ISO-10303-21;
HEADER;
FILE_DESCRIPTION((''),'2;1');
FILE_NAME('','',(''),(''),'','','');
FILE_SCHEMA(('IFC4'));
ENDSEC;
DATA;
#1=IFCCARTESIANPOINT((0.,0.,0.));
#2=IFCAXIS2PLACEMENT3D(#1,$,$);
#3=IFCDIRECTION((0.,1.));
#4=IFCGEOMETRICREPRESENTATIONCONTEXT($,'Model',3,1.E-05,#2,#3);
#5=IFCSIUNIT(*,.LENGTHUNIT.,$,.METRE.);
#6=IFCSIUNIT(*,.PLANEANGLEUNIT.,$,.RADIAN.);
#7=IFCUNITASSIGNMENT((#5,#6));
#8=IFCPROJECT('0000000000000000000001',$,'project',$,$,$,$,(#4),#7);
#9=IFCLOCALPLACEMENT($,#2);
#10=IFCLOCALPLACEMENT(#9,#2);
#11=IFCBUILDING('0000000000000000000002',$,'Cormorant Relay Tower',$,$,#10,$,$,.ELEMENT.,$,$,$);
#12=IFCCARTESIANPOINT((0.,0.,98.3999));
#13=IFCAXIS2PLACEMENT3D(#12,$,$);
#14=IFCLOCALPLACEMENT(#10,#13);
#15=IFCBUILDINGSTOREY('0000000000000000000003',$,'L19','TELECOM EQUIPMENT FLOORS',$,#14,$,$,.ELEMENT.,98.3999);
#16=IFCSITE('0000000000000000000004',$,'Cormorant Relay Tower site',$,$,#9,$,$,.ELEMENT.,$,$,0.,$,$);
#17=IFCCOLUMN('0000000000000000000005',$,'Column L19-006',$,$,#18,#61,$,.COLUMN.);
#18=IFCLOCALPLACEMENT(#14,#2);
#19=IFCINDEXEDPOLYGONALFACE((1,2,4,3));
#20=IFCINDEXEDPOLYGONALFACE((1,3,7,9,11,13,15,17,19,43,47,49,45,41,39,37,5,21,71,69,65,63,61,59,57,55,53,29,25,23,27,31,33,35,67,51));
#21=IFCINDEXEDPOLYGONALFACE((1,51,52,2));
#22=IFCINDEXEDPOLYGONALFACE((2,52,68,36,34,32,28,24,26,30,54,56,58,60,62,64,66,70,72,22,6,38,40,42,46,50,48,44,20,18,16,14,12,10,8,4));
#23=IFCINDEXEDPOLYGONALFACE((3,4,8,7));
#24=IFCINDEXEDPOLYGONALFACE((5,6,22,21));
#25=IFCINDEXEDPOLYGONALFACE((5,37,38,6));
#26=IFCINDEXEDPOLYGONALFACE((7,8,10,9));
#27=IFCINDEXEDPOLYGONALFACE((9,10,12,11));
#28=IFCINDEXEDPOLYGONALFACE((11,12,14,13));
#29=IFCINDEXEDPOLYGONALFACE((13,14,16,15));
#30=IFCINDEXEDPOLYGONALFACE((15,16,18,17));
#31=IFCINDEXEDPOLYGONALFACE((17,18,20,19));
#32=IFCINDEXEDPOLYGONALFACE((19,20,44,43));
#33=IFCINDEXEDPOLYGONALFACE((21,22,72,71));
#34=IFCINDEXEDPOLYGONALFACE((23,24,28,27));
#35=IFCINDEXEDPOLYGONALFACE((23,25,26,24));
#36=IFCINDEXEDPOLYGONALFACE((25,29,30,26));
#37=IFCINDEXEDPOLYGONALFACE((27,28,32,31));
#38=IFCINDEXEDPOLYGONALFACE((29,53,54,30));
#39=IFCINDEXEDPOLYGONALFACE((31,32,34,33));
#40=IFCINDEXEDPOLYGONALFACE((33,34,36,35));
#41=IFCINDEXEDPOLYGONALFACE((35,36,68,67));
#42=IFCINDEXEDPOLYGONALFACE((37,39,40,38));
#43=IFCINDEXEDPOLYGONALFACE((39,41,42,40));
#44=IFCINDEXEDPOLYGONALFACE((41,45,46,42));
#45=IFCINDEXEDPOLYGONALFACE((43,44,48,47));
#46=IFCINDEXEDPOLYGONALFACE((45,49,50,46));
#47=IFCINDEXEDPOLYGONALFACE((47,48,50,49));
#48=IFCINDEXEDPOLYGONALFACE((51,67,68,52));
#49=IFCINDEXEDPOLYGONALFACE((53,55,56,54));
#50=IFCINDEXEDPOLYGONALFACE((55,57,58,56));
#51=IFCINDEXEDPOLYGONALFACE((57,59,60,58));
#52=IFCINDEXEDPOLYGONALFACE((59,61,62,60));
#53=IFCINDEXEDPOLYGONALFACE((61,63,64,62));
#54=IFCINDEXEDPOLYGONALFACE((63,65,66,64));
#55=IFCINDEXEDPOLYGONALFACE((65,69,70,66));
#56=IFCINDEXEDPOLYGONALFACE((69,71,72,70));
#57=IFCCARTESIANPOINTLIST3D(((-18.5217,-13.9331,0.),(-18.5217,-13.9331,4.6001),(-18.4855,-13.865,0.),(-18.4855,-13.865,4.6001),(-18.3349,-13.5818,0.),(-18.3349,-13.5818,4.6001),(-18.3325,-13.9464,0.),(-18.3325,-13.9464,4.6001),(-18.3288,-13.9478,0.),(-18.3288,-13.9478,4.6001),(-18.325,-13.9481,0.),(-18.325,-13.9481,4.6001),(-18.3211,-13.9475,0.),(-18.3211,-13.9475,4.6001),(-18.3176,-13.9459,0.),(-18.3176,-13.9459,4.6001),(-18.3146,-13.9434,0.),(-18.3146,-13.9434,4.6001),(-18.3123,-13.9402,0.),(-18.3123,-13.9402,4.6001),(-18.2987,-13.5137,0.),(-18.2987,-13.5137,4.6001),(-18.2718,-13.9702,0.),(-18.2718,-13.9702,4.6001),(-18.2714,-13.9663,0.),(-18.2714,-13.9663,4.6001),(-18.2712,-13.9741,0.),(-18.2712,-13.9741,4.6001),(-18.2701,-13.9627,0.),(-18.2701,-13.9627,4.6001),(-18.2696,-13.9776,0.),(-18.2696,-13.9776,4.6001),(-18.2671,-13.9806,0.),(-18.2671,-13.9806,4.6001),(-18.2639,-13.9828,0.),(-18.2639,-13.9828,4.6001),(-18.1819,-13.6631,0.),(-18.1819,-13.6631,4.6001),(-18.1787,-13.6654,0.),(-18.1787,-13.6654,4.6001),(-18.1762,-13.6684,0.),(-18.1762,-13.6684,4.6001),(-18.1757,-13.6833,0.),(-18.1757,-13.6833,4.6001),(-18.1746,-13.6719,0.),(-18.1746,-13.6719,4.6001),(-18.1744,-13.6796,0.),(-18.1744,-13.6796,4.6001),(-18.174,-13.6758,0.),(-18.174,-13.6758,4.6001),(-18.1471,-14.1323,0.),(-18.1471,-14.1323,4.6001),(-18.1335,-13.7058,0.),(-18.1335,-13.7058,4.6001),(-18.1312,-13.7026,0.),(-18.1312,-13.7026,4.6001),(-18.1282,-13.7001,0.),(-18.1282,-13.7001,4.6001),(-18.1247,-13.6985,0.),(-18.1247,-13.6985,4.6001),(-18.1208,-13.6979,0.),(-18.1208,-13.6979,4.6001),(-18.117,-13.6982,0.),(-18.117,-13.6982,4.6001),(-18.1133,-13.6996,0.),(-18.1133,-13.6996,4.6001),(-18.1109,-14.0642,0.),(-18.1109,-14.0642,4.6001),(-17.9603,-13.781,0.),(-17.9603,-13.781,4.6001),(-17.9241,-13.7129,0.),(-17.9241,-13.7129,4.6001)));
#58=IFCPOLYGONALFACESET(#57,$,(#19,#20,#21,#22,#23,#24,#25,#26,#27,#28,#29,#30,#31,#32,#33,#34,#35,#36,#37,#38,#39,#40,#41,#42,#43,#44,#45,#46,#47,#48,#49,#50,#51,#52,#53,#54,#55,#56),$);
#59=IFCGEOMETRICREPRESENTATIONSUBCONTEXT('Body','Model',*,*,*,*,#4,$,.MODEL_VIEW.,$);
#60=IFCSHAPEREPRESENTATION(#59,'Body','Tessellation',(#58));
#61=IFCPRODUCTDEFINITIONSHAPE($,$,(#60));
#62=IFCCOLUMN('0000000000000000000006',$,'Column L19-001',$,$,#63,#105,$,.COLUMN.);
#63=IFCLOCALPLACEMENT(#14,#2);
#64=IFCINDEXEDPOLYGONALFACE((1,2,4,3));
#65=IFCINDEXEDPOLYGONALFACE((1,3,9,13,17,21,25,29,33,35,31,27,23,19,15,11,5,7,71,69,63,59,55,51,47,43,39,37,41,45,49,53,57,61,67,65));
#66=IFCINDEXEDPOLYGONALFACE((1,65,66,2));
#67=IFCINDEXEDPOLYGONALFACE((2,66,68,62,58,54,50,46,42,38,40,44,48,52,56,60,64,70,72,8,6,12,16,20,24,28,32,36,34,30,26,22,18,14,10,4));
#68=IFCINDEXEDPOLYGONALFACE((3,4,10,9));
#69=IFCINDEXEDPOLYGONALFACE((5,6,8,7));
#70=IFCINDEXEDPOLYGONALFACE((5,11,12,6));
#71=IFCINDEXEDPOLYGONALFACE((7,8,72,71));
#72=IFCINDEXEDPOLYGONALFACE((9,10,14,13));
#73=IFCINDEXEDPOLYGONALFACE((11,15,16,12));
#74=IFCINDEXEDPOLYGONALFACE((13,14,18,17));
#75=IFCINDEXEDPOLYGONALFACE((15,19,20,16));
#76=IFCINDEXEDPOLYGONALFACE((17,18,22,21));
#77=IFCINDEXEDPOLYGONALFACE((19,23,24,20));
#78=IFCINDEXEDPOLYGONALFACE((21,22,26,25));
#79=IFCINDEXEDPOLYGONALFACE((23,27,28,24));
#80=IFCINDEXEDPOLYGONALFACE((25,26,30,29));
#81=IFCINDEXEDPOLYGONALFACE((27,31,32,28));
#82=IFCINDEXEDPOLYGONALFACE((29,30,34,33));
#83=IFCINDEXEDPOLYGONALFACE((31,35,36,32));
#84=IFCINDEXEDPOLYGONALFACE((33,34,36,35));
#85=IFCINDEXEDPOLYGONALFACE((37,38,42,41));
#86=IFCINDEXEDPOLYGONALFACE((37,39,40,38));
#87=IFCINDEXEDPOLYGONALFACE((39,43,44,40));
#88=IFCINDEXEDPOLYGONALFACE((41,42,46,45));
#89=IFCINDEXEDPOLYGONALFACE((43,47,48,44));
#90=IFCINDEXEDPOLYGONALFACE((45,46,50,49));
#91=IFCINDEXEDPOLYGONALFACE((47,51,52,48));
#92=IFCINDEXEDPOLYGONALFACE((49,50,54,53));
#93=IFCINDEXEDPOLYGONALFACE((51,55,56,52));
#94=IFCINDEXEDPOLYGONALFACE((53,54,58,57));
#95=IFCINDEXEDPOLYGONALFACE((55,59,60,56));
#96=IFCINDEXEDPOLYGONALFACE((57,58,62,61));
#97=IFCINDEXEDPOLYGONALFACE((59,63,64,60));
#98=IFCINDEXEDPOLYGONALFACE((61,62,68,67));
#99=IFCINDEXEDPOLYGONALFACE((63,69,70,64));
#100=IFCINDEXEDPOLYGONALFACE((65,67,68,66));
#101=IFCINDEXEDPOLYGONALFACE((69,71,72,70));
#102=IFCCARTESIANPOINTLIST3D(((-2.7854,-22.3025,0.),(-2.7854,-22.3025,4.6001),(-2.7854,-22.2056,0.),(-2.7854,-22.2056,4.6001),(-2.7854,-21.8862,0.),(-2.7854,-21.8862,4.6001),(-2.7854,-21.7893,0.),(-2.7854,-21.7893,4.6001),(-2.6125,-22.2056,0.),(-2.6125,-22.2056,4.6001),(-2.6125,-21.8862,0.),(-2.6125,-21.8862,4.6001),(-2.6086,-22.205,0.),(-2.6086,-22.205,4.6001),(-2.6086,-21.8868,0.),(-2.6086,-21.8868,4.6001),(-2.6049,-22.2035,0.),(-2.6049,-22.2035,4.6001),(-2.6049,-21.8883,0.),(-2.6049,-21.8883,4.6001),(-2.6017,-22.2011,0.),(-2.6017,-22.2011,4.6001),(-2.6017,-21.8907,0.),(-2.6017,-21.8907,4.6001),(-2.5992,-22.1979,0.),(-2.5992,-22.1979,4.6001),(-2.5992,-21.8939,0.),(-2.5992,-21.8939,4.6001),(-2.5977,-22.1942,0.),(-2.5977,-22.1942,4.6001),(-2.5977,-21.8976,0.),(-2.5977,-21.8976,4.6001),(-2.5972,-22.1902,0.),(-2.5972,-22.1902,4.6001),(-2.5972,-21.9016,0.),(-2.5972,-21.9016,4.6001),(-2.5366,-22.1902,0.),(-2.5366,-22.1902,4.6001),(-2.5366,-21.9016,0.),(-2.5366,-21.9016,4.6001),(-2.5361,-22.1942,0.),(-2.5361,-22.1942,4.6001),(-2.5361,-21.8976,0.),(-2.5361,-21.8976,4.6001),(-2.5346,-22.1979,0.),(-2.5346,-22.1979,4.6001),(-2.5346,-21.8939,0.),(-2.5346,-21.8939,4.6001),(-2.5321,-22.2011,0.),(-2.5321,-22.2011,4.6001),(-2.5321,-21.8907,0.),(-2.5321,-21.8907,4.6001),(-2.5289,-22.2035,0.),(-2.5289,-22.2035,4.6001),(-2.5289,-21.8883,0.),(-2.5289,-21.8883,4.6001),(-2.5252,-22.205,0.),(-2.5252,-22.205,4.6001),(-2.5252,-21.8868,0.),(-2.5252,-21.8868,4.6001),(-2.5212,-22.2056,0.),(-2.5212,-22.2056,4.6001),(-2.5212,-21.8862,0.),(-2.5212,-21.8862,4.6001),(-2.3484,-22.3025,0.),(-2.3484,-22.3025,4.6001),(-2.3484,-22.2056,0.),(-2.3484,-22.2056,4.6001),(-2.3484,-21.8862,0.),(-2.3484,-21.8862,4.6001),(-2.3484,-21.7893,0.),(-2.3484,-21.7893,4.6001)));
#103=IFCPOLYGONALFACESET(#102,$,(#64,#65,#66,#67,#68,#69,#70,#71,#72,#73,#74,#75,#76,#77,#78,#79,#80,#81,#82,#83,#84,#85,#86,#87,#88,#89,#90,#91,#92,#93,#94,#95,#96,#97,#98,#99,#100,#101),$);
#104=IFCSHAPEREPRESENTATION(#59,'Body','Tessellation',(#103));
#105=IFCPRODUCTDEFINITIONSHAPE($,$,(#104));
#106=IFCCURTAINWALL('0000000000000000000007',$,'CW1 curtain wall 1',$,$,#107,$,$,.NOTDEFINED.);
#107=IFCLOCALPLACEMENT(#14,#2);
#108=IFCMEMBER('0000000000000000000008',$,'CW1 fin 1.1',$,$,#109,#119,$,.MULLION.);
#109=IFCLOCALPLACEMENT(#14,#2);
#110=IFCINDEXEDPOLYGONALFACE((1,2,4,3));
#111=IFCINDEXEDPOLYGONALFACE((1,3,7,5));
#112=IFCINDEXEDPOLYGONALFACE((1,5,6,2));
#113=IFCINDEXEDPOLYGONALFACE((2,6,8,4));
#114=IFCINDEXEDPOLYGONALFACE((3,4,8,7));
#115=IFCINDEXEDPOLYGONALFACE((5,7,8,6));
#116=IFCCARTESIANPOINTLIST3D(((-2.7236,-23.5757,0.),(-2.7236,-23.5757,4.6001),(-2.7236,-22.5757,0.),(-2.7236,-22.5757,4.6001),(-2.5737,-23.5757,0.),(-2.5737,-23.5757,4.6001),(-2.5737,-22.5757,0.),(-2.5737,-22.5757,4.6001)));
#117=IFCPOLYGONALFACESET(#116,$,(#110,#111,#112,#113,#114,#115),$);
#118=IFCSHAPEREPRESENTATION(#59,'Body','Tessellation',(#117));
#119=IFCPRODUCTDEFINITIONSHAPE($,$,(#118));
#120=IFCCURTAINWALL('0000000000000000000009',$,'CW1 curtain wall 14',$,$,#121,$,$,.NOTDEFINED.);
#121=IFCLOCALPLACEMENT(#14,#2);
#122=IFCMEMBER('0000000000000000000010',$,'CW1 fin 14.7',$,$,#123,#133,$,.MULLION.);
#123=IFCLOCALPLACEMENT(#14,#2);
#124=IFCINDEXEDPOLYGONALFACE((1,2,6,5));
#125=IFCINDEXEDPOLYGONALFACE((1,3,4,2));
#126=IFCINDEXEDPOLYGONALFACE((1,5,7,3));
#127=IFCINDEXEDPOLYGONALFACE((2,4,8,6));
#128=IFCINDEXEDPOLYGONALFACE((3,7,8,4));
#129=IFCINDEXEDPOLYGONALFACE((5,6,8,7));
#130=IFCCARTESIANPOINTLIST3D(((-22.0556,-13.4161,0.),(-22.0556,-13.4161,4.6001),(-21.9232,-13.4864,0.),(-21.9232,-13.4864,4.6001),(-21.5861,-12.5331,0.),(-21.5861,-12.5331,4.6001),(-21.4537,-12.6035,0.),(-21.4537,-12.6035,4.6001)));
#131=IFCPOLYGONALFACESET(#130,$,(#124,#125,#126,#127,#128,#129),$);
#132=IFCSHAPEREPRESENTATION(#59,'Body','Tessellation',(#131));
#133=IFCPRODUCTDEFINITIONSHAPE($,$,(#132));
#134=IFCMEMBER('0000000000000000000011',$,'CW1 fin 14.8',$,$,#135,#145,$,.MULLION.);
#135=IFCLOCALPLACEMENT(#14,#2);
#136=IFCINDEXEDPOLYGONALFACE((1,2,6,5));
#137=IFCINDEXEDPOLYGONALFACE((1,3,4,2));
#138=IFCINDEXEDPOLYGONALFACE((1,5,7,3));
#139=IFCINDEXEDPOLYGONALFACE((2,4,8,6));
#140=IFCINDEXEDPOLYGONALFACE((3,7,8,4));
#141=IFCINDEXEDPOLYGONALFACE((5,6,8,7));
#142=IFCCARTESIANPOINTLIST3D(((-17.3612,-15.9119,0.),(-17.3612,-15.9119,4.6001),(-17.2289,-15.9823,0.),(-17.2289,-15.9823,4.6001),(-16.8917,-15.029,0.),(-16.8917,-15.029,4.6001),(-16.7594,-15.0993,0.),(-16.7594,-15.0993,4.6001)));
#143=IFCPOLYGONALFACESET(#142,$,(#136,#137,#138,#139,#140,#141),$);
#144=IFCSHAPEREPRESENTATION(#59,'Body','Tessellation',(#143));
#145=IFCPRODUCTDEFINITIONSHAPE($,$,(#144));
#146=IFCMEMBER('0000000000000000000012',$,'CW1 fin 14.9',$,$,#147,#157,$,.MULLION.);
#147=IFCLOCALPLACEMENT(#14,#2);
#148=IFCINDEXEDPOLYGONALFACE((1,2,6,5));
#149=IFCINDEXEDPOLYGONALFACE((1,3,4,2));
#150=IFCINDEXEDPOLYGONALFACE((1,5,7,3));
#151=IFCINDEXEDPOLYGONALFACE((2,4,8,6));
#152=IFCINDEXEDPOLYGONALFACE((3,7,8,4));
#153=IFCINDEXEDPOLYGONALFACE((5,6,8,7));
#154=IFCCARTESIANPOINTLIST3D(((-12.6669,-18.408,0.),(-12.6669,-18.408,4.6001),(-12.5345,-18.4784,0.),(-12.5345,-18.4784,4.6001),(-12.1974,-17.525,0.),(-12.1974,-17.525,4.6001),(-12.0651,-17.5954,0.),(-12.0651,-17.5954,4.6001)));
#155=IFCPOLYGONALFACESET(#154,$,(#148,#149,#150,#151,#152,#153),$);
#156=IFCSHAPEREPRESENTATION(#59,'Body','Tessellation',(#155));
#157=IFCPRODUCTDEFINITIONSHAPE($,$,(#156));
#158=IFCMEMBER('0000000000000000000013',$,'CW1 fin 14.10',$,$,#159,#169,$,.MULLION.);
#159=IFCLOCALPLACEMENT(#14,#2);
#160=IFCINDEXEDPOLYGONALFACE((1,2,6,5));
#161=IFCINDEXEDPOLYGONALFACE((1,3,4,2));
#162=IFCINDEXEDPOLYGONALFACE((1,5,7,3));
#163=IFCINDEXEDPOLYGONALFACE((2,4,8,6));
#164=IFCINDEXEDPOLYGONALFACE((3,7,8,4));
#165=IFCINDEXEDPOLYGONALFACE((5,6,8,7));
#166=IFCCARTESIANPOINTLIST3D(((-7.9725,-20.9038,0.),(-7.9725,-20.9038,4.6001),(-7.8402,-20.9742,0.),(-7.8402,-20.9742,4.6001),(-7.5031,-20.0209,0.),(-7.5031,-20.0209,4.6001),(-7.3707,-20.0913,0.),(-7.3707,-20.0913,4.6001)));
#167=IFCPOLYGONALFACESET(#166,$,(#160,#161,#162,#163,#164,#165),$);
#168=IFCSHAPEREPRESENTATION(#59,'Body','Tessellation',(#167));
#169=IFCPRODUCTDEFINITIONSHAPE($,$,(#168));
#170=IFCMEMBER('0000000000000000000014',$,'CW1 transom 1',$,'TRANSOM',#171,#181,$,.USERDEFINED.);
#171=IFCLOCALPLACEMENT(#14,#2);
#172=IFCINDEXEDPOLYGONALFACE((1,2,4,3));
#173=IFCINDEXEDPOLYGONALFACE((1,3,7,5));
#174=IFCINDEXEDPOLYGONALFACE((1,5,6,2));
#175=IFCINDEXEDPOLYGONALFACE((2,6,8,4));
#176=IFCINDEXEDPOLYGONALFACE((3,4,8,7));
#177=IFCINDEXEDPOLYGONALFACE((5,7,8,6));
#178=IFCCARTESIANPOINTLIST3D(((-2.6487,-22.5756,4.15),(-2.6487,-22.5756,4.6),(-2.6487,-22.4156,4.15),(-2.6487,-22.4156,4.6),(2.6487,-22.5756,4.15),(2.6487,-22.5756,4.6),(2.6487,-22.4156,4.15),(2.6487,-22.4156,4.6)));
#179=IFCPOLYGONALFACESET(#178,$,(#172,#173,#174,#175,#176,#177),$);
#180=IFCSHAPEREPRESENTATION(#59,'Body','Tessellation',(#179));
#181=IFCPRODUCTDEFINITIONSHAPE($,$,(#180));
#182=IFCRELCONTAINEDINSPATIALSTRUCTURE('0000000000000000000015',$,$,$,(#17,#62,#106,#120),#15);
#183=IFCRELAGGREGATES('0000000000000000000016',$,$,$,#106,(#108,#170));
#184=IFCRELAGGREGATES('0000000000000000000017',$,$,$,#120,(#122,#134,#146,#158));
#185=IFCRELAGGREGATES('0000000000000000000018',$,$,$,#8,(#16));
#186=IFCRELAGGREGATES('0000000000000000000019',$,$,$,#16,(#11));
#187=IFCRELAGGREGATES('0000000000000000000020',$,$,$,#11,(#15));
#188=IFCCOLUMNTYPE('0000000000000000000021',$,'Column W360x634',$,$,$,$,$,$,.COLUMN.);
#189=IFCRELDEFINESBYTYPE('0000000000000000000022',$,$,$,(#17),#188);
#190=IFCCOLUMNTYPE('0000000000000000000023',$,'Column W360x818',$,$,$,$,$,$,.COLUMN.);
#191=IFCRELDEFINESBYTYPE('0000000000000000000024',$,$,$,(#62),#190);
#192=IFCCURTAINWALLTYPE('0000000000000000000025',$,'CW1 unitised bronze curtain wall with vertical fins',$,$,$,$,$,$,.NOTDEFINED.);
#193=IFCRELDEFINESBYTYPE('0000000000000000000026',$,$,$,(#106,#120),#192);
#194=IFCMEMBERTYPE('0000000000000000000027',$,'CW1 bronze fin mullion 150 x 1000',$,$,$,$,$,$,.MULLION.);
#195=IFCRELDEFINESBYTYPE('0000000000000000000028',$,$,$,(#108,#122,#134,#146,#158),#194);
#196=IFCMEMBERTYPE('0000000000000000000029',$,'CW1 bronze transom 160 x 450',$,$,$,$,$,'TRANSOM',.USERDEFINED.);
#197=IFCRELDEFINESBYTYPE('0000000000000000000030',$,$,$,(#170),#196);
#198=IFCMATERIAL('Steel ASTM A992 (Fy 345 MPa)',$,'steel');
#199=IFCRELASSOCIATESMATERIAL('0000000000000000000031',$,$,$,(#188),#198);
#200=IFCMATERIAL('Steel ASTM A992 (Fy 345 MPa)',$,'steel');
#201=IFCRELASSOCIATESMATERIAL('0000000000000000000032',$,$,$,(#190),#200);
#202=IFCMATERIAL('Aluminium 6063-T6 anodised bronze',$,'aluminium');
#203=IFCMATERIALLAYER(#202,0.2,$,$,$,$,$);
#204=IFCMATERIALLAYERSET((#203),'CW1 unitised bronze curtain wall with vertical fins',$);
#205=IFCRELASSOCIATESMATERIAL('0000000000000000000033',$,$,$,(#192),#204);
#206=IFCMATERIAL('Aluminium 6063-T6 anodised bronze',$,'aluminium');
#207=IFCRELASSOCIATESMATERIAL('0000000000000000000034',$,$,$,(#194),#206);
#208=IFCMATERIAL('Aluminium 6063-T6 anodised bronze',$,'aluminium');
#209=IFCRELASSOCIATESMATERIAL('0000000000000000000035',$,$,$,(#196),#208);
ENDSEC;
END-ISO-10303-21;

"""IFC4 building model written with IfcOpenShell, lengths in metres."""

from ifc_helpers import new_model, si_unit, direction, frame, origin, origin_2d, place, context, subcontext, project, spatial, rectangle, i_section, extrude, material, layer, layer_set, material_profile, profile_set, type_object, element, aggregate, save


model = new_model("IFC4")

# Units and contexts
model_context = context("Model", 3, precision=1e-05, world=origin(), true_north=direction((0.0, 1.0)))
body_context = subcontext(model_context, "Body", "Model", "MODEL_VIEW")
ifc_project = project(units=[si_unit("LENGTHUNIT", "METRE"), si_unit("PLANEANGLEUNIT", "RADIAN")], contexts=[model_context])

# Site, building, storey
site_placement = place(None, origin())
site = spatial("IfcSite", under=ifc_project, at=site_placement, Name="Cormorant Relay Tower site", CompositionType="ELEMENT", RefElevation=0.0)
building_placement = place(site_placement, origin())
building = spatial("IfcBuilding", under=site, at=building_placement, Name="Cormorant Relay Tower", CompositionType="ELEMENT")
storey_placement = place(building_placement, frame((0.0, 0.0, 98.3999)))
storey = spatial("IfcBuildingStorey", under=building, at=storey_placement, Name="L19", Description="TELECOM EQUIPMENT FLOORS", CompositionType="ELEMENT", Elevation=98.3999)

# Columns
ifc_material_1 = material(Name="Steel ASTM A992 (Fy 345 MPa)", Category="steel")
ifc_material_profile_1 = material_profile(ifc_material_1, i_section(OverallWidth=0.4243, OverallDepth=0.4751, WebThickness=0.0479, FlangeThickness=0.0771, FilletRadius=0.0149, at=origin_2d()), Name="W360x634")
ifc_profile_set_1 = profile_set([ifc_material_profile_1], Name="Steel ASTM A992 (Fy 345 MPa)")
column_type_1 = type_object("IfcColumnType", Name="Column W360x634", PredefinedType="COLUMN", material=ifc_profile_set_1)
for number, where, z_axis, x_axis, name in (
    (1, (-18.2229, -13.823, 0.0), (0.0, 0.0, 1.0), (0.882948, -0.469472, 0.0), "Column L19-006"),
):
    element("IfcColumn", number, at=place(storey_placement, frame(where, z_axis=z_axis, x_axis=x_axis)), inside=storey, type_object=column_type_1, Name=name, PredefinedType="COLUMN", context=body_context, shape_type="SweptSolid", body=[
        extrude(i_section(OverallWidth=0.4243, OverallDepth=0.4751, WebThickness=0.0479, FlangeThickness=0.0771, FilletRadius=0.0149, at=origin_2d()), origin(), (0.0, 0.0, 1.0), 4.6001),
    ])
ifc_material_2 = material(Name="Steel ASTM A992 (Fy 345 MPa)", Category="steel")
ifc_material_profile_2 = material_profile(ifc_material_2, i_section(OverallWidth=0.437, OverallDepth=0.5132, WebThickness=0.0605, FlangeThickness=0.0969, FilletRadius=0.0154, at=origin_2d()), Name="W360x818")
ifc_profile_set_2 = profile_set([ifc_material_profile_2], Name="Steel ASTM A992 (Fy 345 MPa)")
column_type_2 = type_object("IfcColumnType", Name="Column W360x818", PredefinedType="COLUMN", material=ifc_profile_set_2)
column_placement = place(storey_placement, frame((-2.5669, -22.0459, 0.0), z_axis=(0.0, 0.0, 1.0), x_axis=(1.0, 0.0, 0.0)))
element("IfcColumn", 2, at=column_placement, inside=storey, type_object=column_type_2, Name="Column L19-001", PredefinedType="COLUMN", context=body_context, shape_type="SweptSolid", body=[
    extrude(i_section(OverallWidth=0.437, OverallDepth=0.5132, WebThickness=0.0605, FlangeThickness=0.0969, FilletRadius=0.0154, at=origin_2d()), origin(), (0.0, 0.0, 1.0), 4.6001),
])

# Curtain wall, member
ifc_material_3 = material(Name="Aluminium 6063-T6 anodised bronze", Category="aluminium")
ifc_layer_1 = layer(ifc_material_3, 0.2)
ifc_layer_set_1 = layer_set([ifc_layer_1], Name="CW1 unitised bronze curtain wall with vertical fins")
curtain_wall_type = type_object("IfcCurtainWallType", Name="CW1 unitised bronze curtain wall with vertical fins", PredefinedType="NOTDEFINED", material=ifc_layer_set_1)
curtain_wall_1_placement = place(storey_placement, origin())
curtain_wall_1 = element("IfcCurtainWall", 3, at=curtain_wall_1_placement, inside=storey, type_object=curtain_wall_type, Name="CW1 curtain wall 1", PredefinedType="NOTDEFINED")
ifc_material_4 = material(Name="Aluminium 6063-T6 anodised bronze", Category="aluminium")
ifc_material_profile_3 = material_profile(ifc_material_4, rectangle(XDim=0.1499, YDim=1.0, at=origin_2d()), Name="AL 150x1000")
ifc_profile_set_3 = profile_set([ifc_material_profile_3], Name="Aluminium 6063-T6 anodised bronze")
member_type_1 = type_object("IfcMemberType", Name="CW1 bronze fin mullion 150 x 1000", PredefinedType="MULLION", material=ifc_profile_set_3)
member_1_placement = place(storey_placement, frame((-2.6487, -23.0757, 0.0), z_axis=(0.0, 0.0, 1.0), x_axis=(1.0, 0.0, 0.0)))
member_1 = element("IfcMember", 4, at=member_1_placement, type_object=member_type_1, Name="CW1 fin 1.1", PredefinedType="MULLION", context=body_context, shape_type="SweptSolid", body=[
    extrude(rectangle(XDim=0.1499, YDim=1.0, at=origin_2d()), origin(), (0.0, 0.0, 1.0), 4.6001),
])

# Curtain wall, members
curtain_wall_2_placement = place(storey_placement, origin())
curtain_wall_2 = element("IfcCurtainWall", 5, at=curtain_wall_2_placement, inside=storey, type_object=curtain_wall_type, Name="CW1 curtain wall 14", PredefinedType="NOTDEFINED")
member_2_placement = place(storey_placement, frame((-21.7546, -13.0098, 0.0), z_axis=(0.0, 0.0, 1.0), x_axis=(0.882948, -0.469472, 0.0)))
member_2 = element("IfcMember", 6, at=member_2_placement, type_object=member_type_1, Name="CW1 fin 14.7", PredefinedType="MULLION", context=body_context, shape_type="SweptSolid", body=[
    extrude(rectangle(XDim=0.1499, YDim=1.0, at=origin_2d()), origin(), (0.0, 0.0, 1.0), 4.6001),
])
member_3_placement = place(storey_placement, frame((-17.0603, -15.5056, 0.0), z_axis=(0.0, 0.0, 1.0), x_axis=(0.882948, -0.469472, 0.0)))
member_3 = element("IfcMember", 7, at=member_3_placement, type_object=member_type_1, Name="CW1 fin 14.8", PredefinedType="MULLION", context=body_context, shape_type="SweptSolid", body=[
    extrude(rectangle(XDim=0.1499, YDim=1.0, at=origin_2d()), origin(), (0.0, 0.0, 1.0), 4.6001),
])
member_4_placement = place(storey_placement, frame((-12.366, -18.0017, 0.0), z_axis=(0.0, 0.0, 1.0), x_axis=(0.882948, -0.469472, 0.0)))
member_4 = element("IfcMember", 8, at=member_4_placement, type_object=member_type_1, Name="CW1 fin 14.9", PredefinedType="MULLION", context=body_context, shape_type="SweptSolid", body=[
    extrude(rectangle(XDim=0.1499, YDim=1.0, at=origin_2d()), origin(), (0.0, 0.0, 1.0), 4.6001),
])
member_5_placement = place(storey_placement, frame((-7.6716, -20.4976, 0.0), z_axis=(0.0, 0.0, 1.0), x_axis=(0.882948, -0.469472, 0.0)))
member_5 = element("IfcMember", 9, at=member_5_placement, type_object=member_type_1, Name="CW1 fin 14.10", PredefinedType="MULLION", context=body_context, shape_type="SweptSolid", body=[
    extrude(rectangle(XDim=0.1499, YDim=1.0, at=origin_2d()), origin(), (0.0, 0.0, 1.0), 4.6001),
])

# Member
ifc_material_5 = material(Name="Aluminium 6063-T6 anodised bronze", Category="aluminium")
ifc_material_profile_4 = material_profile(ifc_material_5, rectangle(XDim=0.1599, YDim=0.45, at=origin_2d()), Name="AL 160x450")
ifc_profile_set_4 = profile_set([ifc_material_profile_4], Name="Aluminium 6063-T6 anodised bronze")
member_type_2 = type_object("IfcMemberType", Name="CW1 bronze transom 160 x 450", ElementType="TRANSOM", PredefinedType="USERDEFINED", material=ifc_profile_set_4)
member_6_placement = place(storey_placement, frame((-2.6487, -22.4956, 4.375), z_axis=(1.0, 0.0, 0.0), x_axis=(0.0, 1.0, 0.0)))
member_6 = element("IfcMember", 10, at=member_6_placement, type_object=member_type_2, Name="CW1 transom 1", ObjectType="TRANSOM", PredefinedType="USERDEFINED", context=body_context, shape_type="SweptSolid", body=[
    extrude(rectangle(XDim=0.1599, YDim=0.45, at=origin_2d()), origin(), (0.0, 0.0, 1.0), 5.2974),
])

aggregate(curtain_wall_1, [member_1, member_6])
aggregate(curtain_wall_2, [member_2, member_3, member_4, member_5])

save(model, "model.ifc")
